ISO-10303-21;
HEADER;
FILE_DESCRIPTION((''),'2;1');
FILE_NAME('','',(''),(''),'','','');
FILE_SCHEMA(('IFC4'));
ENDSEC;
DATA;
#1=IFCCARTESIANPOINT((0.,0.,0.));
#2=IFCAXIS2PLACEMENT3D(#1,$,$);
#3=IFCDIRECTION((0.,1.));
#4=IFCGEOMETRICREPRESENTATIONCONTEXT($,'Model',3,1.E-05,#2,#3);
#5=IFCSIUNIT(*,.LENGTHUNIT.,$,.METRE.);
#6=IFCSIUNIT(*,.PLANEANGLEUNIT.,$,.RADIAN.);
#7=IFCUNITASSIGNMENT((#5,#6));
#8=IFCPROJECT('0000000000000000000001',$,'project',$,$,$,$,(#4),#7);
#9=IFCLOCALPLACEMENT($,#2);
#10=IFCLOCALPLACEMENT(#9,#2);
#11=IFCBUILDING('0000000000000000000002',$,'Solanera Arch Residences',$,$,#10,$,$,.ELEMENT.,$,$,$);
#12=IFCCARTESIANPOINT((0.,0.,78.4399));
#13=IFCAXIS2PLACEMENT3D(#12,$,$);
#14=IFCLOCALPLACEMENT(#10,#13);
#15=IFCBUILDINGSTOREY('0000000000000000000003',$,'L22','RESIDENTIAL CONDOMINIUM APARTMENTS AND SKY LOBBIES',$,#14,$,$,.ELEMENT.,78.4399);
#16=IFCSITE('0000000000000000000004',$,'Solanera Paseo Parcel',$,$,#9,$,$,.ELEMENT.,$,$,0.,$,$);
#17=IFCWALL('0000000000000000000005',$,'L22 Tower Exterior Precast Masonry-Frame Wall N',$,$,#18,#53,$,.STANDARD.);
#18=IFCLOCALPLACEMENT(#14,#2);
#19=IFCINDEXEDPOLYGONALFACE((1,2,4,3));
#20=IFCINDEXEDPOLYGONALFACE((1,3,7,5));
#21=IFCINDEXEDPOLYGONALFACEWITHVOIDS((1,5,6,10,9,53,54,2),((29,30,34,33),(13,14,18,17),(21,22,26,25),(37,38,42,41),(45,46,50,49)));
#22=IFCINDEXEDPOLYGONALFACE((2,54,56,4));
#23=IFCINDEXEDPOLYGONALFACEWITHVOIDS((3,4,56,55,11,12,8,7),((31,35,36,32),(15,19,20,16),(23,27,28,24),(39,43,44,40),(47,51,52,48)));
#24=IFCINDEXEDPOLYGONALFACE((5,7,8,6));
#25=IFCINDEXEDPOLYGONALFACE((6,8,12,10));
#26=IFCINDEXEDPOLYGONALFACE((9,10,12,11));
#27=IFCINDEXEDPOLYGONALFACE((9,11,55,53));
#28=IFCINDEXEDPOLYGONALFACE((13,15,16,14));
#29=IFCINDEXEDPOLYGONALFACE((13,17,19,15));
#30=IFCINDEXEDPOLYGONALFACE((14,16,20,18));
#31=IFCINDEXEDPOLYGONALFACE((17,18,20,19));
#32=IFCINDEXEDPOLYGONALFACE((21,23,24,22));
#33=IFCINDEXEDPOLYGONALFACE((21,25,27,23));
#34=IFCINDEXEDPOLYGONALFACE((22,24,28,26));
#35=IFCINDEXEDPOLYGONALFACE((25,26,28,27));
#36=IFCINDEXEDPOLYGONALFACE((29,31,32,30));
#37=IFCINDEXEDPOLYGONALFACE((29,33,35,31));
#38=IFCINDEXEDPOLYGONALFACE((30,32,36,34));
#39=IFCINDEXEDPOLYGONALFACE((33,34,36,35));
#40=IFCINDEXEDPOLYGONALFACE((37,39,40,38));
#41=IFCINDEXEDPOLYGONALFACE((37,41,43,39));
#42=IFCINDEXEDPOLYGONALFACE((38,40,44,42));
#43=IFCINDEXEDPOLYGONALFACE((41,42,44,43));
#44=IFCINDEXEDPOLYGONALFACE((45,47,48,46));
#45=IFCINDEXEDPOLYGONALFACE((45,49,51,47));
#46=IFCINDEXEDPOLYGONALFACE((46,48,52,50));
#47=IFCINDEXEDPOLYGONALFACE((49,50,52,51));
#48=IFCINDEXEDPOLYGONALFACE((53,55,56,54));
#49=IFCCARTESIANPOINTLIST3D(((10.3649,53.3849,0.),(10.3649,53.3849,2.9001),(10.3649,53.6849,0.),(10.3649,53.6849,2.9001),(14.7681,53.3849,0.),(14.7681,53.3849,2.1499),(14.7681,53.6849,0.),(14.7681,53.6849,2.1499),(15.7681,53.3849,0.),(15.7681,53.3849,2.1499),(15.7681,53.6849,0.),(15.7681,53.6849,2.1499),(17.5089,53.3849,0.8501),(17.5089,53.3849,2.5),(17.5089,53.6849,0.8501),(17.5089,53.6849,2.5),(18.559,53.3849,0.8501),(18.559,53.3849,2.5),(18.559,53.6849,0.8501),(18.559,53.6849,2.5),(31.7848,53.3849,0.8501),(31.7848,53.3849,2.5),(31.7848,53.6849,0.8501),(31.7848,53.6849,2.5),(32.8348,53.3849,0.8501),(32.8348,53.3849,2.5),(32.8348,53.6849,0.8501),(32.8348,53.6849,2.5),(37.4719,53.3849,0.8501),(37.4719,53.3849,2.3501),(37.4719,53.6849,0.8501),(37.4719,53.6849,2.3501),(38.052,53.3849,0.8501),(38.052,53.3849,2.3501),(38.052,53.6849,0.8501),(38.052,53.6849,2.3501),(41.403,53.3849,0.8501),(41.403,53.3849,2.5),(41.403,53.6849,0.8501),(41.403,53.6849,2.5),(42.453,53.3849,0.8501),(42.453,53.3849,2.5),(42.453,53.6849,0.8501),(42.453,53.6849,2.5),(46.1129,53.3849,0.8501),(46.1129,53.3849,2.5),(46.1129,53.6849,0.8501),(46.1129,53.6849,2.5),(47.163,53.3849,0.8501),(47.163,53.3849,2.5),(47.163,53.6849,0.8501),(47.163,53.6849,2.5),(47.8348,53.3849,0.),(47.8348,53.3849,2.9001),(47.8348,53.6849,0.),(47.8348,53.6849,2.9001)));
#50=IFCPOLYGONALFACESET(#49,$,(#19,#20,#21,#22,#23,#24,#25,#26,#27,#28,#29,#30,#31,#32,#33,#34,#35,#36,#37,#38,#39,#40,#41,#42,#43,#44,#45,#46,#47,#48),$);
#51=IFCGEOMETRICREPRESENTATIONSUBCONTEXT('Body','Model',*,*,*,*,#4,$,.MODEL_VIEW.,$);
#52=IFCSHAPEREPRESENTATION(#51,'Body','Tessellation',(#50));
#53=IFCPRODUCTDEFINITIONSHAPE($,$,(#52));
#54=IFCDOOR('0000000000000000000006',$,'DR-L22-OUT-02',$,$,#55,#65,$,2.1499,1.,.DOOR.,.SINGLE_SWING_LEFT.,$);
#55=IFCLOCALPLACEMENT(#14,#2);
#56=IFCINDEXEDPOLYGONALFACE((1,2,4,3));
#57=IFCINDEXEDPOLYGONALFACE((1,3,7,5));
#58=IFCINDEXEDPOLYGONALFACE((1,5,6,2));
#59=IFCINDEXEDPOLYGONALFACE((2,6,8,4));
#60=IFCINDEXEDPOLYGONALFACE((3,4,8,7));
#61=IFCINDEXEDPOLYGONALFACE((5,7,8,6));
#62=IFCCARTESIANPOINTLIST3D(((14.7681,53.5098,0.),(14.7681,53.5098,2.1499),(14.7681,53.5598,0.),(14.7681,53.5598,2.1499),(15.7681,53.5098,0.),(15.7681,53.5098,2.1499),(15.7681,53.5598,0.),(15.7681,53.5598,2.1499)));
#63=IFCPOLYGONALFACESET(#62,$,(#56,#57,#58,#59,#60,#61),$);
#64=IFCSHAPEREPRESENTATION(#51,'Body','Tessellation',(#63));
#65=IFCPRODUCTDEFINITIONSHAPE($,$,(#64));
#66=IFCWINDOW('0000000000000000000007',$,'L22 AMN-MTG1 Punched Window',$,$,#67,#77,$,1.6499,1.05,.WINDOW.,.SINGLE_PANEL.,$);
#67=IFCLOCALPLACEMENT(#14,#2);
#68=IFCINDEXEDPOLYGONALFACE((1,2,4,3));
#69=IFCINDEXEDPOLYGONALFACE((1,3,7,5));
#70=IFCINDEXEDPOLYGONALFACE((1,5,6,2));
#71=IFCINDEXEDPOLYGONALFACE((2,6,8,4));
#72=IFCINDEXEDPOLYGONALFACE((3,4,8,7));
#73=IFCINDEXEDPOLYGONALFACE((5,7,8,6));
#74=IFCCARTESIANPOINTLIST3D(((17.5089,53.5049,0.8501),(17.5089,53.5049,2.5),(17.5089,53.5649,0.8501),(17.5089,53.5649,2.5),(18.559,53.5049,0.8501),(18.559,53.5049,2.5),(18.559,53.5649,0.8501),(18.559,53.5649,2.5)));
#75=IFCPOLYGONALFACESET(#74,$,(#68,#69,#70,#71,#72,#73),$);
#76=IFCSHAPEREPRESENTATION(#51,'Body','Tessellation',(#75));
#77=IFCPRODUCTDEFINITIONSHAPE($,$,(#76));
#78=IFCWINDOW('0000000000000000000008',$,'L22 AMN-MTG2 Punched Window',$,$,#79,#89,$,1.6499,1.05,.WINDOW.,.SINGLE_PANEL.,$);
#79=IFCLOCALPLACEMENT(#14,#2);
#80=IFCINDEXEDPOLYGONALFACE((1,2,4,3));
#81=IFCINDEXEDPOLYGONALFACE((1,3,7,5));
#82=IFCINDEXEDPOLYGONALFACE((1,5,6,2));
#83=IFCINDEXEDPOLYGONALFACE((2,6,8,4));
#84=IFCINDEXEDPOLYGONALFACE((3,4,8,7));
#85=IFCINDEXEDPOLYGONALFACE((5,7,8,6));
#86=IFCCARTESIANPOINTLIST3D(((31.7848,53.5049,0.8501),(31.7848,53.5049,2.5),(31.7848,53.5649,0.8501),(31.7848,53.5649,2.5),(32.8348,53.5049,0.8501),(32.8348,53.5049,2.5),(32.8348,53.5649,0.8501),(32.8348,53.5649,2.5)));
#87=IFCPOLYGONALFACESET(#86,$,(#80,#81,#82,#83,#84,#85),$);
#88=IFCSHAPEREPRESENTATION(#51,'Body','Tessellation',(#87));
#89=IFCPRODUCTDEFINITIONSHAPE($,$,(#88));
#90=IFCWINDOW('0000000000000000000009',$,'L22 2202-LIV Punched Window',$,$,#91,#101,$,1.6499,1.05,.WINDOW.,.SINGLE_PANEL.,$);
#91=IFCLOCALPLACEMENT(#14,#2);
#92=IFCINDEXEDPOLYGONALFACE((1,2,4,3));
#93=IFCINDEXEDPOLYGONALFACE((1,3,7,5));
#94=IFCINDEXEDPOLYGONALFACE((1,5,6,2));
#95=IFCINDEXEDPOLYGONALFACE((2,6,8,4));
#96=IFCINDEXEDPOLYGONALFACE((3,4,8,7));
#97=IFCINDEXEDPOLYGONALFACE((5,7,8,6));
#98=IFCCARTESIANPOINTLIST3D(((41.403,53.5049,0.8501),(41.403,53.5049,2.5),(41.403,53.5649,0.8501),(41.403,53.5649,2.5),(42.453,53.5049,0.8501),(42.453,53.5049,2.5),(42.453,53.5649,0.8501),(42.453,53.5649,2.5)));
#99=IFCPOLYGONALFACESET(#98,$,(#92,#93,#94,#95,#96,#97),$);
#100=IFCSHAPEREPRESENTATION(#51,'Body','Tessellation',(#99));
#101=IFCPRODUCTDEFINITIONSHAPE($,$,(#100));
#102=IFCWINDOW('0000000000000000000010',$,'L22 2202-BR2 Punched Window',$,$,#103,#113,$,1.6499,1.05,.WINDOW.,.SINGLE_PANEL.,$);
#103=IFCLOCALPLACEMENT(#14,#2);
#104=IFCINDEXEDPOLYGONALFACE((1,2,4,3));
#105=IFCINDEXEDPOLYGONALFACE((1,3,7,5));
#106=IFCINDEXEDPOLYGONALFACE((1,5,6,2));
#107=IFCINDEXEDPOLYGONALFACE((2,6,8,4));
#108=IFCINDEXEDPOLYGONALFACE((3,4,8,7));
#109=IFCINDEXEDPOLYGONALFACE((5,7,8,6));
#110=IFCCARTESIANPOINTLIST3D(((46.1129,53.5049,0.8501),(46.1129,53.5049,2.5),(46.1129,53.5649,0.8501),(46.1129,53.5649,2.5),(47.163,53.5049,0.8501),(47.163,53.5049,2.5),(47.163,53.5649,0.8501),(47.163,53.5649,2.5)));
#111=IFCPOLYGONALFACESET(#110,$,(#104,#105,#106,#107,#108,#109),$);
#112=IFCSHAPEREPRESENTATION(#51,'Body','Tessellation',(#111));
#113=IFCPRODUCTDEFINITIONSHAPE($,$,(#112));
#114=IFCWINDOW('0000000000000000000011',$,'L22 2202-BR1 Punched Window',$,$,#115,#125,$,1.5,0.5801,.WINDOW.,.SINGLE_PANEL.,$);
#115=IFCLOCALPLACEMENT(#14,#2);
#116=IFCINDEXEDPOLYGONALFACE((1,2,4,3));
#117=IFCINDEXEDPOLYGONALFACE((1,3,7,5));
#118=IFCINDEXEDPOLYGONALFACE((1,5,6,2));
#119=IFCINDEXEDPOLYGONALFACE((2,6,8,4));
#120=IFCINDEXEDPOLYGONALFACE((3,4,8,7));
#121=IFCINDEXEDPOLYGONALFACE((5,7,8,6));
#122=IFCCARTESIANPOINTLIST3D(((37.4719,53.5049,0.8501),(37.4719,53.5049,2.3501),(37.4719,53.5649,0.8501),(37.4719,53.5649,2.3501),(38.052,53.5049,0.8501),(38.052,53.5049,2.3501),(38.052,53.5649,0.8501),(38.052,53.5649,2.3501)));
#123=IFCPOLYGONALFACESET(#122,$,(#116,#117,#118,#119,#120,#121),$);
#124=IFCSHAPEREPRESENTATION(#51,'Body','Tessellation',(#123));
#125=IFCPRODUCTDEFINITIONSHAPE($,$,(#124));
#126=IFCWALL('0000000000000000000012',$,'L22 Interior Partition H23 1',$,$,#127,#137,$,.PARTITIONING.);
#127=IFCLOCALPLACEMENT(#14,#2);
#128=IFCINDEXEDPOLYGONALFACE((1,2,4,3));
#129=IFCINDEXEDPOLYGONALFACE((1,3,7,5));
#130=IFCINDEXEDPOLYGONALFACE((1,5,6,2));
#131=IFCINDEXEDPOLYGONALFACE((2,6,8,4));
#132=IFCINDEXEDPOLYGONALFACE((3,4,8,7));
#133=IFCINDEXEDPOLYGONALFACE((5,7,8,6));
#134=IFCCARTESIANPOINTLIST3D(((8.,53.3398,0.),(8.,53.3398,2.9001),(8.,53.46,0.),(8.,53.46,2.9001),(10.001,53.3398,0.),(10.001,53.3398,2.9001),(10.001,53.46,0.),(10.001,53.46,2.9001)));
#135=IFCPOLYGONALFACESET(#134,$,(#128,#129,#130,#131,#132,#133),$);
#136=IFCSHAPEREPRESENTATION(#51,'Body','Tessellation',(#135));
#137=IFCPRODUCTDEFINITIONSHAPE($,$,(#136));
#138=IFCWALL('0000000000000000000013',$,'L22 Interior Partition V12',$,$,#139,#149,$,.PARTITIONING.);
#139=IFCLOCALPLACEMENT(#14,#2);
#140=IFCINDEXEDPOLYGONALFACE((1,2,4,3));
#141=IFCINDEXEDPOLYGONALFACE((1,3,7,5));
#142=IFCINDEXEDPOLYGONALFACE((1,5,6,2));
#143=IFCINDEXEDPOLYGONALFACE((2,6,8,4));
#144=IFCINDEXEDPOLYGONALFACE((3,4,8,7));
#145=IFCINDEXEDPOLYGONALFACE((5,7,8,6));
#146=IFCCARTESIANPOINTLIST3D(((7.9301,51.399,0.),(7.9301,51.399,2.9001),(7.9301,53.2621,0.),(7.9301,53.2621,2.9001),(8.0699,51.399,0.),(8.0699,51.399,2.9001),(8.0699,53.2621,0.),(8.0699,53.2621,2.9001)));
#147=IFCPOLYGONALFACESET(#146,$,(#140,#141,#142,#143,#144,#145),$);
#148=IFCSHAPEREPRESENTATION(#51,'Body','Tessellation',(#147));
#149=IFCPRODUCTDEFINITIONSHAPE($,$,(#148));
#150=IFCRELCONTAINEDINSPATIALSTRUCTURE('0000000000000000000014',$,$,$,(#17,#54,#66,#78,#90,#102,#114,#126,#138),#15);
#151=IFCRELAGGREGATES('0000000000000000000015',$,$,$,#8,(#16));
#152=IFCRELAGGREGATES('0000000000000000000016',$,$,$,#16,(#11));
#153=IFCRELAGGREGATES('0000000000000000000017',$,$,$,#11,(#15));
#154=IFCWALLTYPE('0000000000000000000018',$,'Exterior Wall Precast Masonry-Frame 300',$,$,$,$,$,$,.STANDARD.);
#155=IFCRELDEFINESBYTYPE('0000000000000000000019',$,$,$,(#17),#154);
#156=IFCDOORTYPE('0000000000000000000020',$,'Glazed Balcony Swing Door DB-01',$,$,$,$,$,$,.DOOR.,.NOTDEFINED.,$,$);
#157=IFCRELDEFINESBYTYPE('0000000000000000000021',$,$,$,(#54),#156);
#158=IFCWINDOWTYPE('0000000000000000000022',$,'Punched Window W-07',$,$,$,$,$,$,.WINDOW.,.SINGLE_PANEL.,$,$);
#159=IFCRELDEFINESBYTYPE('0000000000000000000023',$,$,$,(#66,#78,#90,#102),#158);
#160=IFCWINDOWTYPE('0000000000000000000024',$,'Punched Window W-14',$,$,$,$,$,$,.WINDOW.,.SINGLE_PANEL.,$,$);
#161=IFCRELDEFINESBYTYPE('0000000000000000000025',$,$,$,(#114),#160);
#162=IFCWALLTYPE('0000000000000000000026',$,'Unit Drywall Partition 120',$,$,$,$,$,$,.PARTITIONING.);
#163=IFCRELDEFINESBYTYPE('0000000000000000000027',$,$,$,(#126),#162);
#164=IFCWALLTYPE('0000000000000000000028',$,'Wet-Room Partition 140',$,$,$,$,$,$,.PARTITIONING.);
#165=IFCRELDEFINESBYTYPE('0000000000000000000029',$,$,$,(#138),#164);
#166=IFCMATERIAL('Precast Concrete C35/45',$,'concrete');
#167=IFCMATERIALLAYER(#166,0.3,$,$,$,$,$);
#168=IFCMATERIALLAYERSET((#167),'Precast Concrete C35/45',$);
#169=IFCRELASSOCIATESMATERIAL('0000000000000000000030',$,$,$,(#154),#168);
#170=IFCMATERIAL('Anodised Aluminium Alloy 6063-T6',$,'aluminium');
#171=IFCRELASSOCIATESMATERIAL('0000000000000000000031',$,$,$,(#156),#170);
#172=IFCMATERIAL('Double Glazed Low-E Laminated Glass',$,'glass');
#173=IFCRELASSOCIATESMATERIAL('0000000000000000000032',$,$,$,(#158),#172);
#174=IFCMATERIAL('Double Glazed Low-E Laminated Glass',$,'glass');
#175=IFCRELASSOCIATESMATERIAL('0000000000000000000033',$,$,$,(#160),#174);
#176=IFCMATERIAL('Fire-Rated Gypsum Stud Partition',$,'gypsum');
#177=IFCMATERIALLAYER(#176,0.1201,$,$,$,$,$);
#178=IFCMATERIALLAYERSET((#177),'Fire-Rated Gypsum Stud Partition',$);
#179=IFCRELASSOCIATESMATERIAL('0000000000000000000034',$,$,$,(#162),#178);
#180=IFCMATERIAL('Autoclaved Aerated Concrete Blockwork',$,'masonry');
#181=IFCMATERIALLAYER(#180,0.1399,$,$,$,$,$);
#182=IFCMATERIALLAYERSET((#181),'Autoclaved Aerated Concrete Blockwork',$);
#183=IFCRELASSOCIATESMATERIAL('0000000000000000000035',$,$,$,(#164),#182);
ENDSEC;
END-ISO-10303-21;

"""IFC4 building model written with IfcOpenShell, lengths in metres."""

from ifc_helpers import new_model, si_unit, direction, frame, frame_2d, origin, place, context, subcontext, project, spatial, rectangle, extrude, material, layer, layer_set, type_object, element, fill, save


model = new_model("IFC4")

# Units and contexts
model_context = context("Model", 3, precision=1e-05, world=origin(), true_north=direction((0.0, 1.0)))
body_context = subcontext(model_context, "Body", "Model", "MODEL_VIEW")
ifc_project = project(units=[si_unit("LENGTHUNIT", "METRE"), si_unit("PLANEANGLEUNIT", "RADIAN")], contexts=[model_context])

# Site, building, storey
site_placement = place(None, origin())
site = spatial("IfcSite", under=ifc_project, at=site_placement, Name="Solanera Paseo Parcel", CompositionType="ELEMENT", RefElevation=0.0)
building_placement = place(site_placement, origin())
building = spatial("IfcBuilding", under=site, at=building_placement, Name="Solanera Arch Residences", CompositionType="ELEMENT")
storey_placement = place(building_placement, frame((0.0, 0.0, 78.4399)))
storey = spatial("IfcBuildingStorey", under=building, at=storey_placement, Name="L22", Description="RESIDENTIAL CONDOMINIUM APARTMENTS AND SKY LOBBIES", CompositionType="ELEMENT", Elevation=78.4399)

# Shared definitions
ifc_material_1 = material(Name="Precast Concrete C35/45", Category="concrete")
ifc_layer_1 = layer(ifc_material_1, 0.3)
ifc_layer_set_1 = layer_set([ifc_layer_1], Name="Precast Concrete C35/45")
wall_type_1 = type_object("IfcWallType", Name="Exterior Wall Precast Masonry-Frame 300", PredefinedType="STANDARD", material=ifc_layer_set_1)

# Wall, openings, door, windows
wall_1_placement = place(storey_placement, frame((10.365, 53.5349, 0.0), z_axis=(0.0, 0.0, 1.0), x_axis=(1.0, 0.0, 0.0)))
wall_1 = element("IfcWall", 1, at=wall_1_placement, inside=storey, type_object=wall_type_1, Name="L22 Tower Exterior Precast Masonry-Frame Wall N", PredefinedType="STANDARD", context=body_context, shape_type="SweptSolid", body=[
    extrude(rectangle(XDim=37.47, YDim=0.3, at=frame_2d((18.7349, 0.0))), origin(), (0.0, 0.0, 1.0), 2.9001),
])
opening_1_placement = place(wall_1_placement, frame((4.4031, 0.0, 0.0)))
opening_1 = element("IfcOpeningElement", 2, at=opening_1_placement, cuts=wall_1, PredefinedType="OPENING", context=body_context, shape_type="SweptSolid", body=[
    extrude(rectangle(XDim=1.0, YDim=2.1499, at=frame_2d((0.5, 1.075))), frame((0.0, 0.1599, 0.0), z_axis=(0.0, -1.0, 0.0), x_axis=(1.0, 0.0, 0.0)), (0.0, 0.0, 1.0), 0.32),
])
opening_2_placement = place(wall_1_placement, frame((7.144, 0.0, 0.8501)))
opening_2 = element("IfcOpeningElement", 3, at=opening_2_placement, cuts=wall_1, PredefinedType="OPENING", context=body_context, shape_type="SweptSolid", body=[
    extrude(rectangle(XDim=1.05, YDim=1.6499, at=frame_2d((0.5249, 0.825))), frame((0.0, 0.1599, 0.0), z_axis=(0.0, -1.0, 0.0), x_axis=(1.0, 0.0, 0.0)), (0.0, 0.0, 1.0), 0.32),
])
opening_3_placement = place(wall_1_placement, frame((21.4199, 0.0, 0.8501)))
opening_3 = element("IfcOpeningElement", 4, at=opening_3_placement, cuts=wall_1, PredefinedType="OPENING", context=body_context, shape_type="SweptSolid", body=[
    extrude(rectangle(XDim=1.05, YDim=1.6499, at=frame_2d((0.5249, 0.825))), frame((0.0, 0.1599, 0.0), z_axis=(0.0, -1.0, 0.0), x_axis=(1.0, 0.0, 0.0)), (0.0, 0.0, 1.0), 0.32),
])
opening_4_placement = place(wall_1_placement, frame((31.0381, 0.0, 0.8501)))
opening_4 = element("IfcOpeningElement", 5, at=opening_4_placement, cuts=wall_1, PredefinedType="OPENING", context=body_context, shape_type="SweptSolid", body=[
    extrude(rectangle(XDim=1.05, YDim=1.6499, at=frame_2d((0.5249, 0.825))), frame((0.0, 0.1599, 0.0), z_axis=(0.0, -1.0, 0.0), x_axis=(1.0, 0.0, 0.0)), (0.0, 0.0, 1.0), 0.32),
])
opening_5_placement = place(wall_1_placement, frame((27.1069, 0.0, 0.8501)))
opening_5 = element("IfcOpeningElement", 6, at=opening_5_placement, cuts=wall_1, PredefinedType="OPENING", context=body_context, shape_type="SweptSolid", body=[
    extrude(rectangle(XDim=0.5801, YDim=1.5, at=frame_2d((0.29, 0.75))), frame((0.0, 0.1599, 0.0), z_axis=(0.0, -1.0, 0.0), x_axis=(1.0, 0.0, 0.0)), (0.0, 0.0, 1.0), 0.32),
])
opening_6_placement = place(wall_1_placement, frame((35.748, 0.0, 0.8501)))
opening_6 = element("IfcOpeningElement", 7, at=opening_6_placement, cuts=wall_1, PredefinedType="OPENING", context=body_context, shape_type="SweptSolid", body=[
    extrude(rectangle(XDim=1.05, YDim=1.6499, at=frame_2d((0.5249, 0.825))), frame((0.0, 0.1599, 0.0), z_axis=(0.0, -1.0, 0.0), x_axis=(1.0, 0.0, 0.0)), (0.0, 0.0, 1.0), 0.32),
])
ifc_material_2 = material(Name="Anodised Aluminium Alloy 6063-T6", Category="aluminium")
door_type = type_object("IfcDoorType", Name="Glazed Balcony Swing Door DB-01", OperationType="NOTDEFINED", PredefinedType="DOOR", material=ifc_material_2)
door_placement = place(opening_1_placement, origin())
door = element("IfcDoor", 8, at=door_placement, inside=storey, type_object=door_type, Name="DR-L22-OUT-02", OperationType="SINGLE_SWING_LEFT", OverallHeight=2.1499, OverallWidth=1.0, PredefinedType="DOOR", context=body_context, shape_type="SweptSolid", body=[
    extrude(rectangle(XDim=1.0, YDim=2.1499, at=frame_2d((0.5, 1.075))), frame((0.0, 0.0249, 0.0), z_axis=(0.0, -1.0, 0.0), x_axis=(1.0, 0.0, 0.0)), (0.0, 0.0, 1.0), 0.05),
])
fill(opening_1, door)
ifc_material_3 = material(Name="Double Glazed Low-E Laminated Glass", Category="glass")
window_type_1 = type_object("IfcWindowType", Name="Punched Window W-07", PartitioningType="SINGLE_PANEL", PredefinedType="WINDOW", material=ifc_material_3)
window_1_placement = place(opening_2_placement, origin())
window_1 = element("IfcWindow", 9, at=window_1_placement, inside=storey, type_object=window_type_1, Name="L22 AMN-MTG1 Punched Window", OverallHeight=1.6499, OverallWidth=1.05, PartitioningType="SINGLE_PANEL", PredefinedType="WINDOW", context=body_context, shape_type="SweptSolid", body=[
    extrude(rectangle(XDim=1.05, YDim=1.6499, at=frame_2d((0.5249, 0.825))), frame((0.0, 0.03, 0.0), z_axis=(0.0, -1.0, 0.0), x_axis=(1.0, 0.0, 0.0)), (0.0, 0.0, 1.0), 0.0601),
])
fill(opening_2, window_1)
window_2_placement = place(opening_3_placement, origin())
window_2 = element("IfcWindow", 10, at=window_2_placement, inside=storey, type_object=window_type_1, Name="L22 AMN-MTG2 Punched Window", OverallHeight=1.6499, OverallWidth=1.05, PartitioningType="SINGLE_PANEL", PredefinedType="WINDOW", context=body_context, shape_type="SweptSolid", body=[
    extrude(rectangle(XDim=1.05, YDim=1.6499, at=frame_2d((0.5249, 0.825))), frame((0.0, 0.03, 0.0), z_axis=(0.0, -1.0, 0.0), x_axis=(1.0, 0.0, 0.0)), (0.0, 0.0, 1.0), 0.0601),
])
fill(opening_3, window_2)
window_3_placement = place(opening_4_placement, origin())
window_3 = element("IfcWindow", 11, at=window_3_placement, inside=storey, type_object=window_type_1, Name="L22 2202-LIV Punched Window", OverallHeight=1.6499, OverallWidth=1.05, PartitioningType="SINGLE_PANEL", PredefinedType="WINDOW", context=body_context, shape_type="SweptSolid", body=[
    extrude(rectangle(XDim=1.05, YDim=1.6499, at=frame_2d((0.5249, 0.825))), frame((0.0, 0.03, 0.0), z_axis=(0.0, -1.0, 0.0), x_axis=(1.0, 0.0, 0.0)), (0.0, 0.0, 1.0), 0.0601),
])
fill(opening_4, window_3)
window_4_placement = place(opening_6_placement, origin())
window_4 = element("IfcWindow", 12, at=window_4_placement, inside=storey, type_object=window_type_1, Name="L22 2202-BR2 Punched Window", OverallHeight=1.6499, OverallWidth=1.05, PartitioningType="SINGLE_PANEL", PredefinedType="WINDOW", context=body_context, shape_type="SweptSolid", body=[
    extrude(rectangle(XDim=1.05, YDim=1.6499, at=frame_2d((0.5249, 0.825))), frame((0.0, 0.03, 0.0), z_axis=(0.0, -1.0, 0.0), x_axis=(1.0, 0.0, 0.0)), (0.0, 0.0, 1.0), 0.0601),
])
fill(opening_6, window_4)
ifc_material_4 = material(Name="Double Glazed Low-E Laminated Glass", Category="glass")
window_type_2 = type_object("IfcWindowType", Name="Punched Window W-14", PartitioningType="SINGLE_PANEL", PredefinedType="WINDOW", material=ifc_material_4)
window_5_placement = place(opening_5_placement, origin())
window_5 = element("IfcWindow", 13, at=window_5_placement, inside=storey, type_object=window_type_2, Name="L22 2202-BR1 Punched Window", OverallHeight=1.5, OverallWidth=0.5801, PartitioningType="SINGLE_PANEL", PredefinedType="WINDOW", context=body_context, shape_type="SweptSolid", body=[
    extrude(rectangle(XDim=0.5801, YDim=1.5, at=frame_2d((0.29, 0.75))), frame((0.0, 0.03, 0.0), z_axis=(0.0, -1.0, 0.0), x_axis=(1.0, 0.0, 0.0)), (0.0, 0.0, 1.0), 0.0601),
])
fill(opening_5, window_5)

# Walls
ifc_material_5 = material(Name="Fire-Rated Gypsum Stud Partition", Category="gypsum")
ifc_layer_2 = layer(ifc_material_5, 0.1201)
ifc_layer_set_2 = layer_set([ifc_layer_2], Name="Fire-Rated Gypsum Stud Partition")
wall_type_2 = type_object("IfcWallType", Name="Unit Drywall Partition 120", PredefinedType="PARTITIONING", material=ifc_layer_set_2)
wall_2_placement = place(storey_placement, frame((8.0, 53.3999, 0.0), z_axis=(0.0, 0.0, 1.0), x_axis=(1.0, 0.0, 0.0)))
element("IfcWall", 14, at=wall_2_placement, inside=storey, type_object=wall_type_2, Name="L22 Interior Partition H23 1", PredefinedType="PARTITIONING", context=body_context, shape_type="SweptSolid", body=[
    extrude(rectangle(XDim=2.001, YDim=0.1201, at=frame_2d((1.0005, 0.0))), origin(), (0.0, 0.0, 1.0), 2.9001),
])
ifc_material_6 = material(Name="Autoclaved Aerated Concrete Blockwork", Category="masonry")
ifc_layer_3 = layer(ifc_material_6, 0.1399)
ifc_layer_set_3 = layer_set([ifc_layer_3], Name="Autoclaved Aerated Concrete Blockwork")
wall_type_3 = type_object("IfcWallType", Name="Wet-Room Partition 140", PredefinedType="PARTITIONING", material=ifc_layer_set_3)
wall_3_placement = place(storey_placement, frame((8.0, 51.3989, 0.0), z_axis=(0.0, 0.0, 1.0), x_axis=(0.0, 1.0, 0.0)))
element("IfcWall", 15, at=wall_3_placement, inside=storey, type_object=wall_type_3, Name="L22 Interior Partition V12", PredefinedType="PARTITIONING", context=body_context, shape_type="SweptSolid", body=[
    extrude(rectangle(XDim=1.863, YDim=0.1399, at=frame_2d((0.9316, 0.0))), origin(), (0.0, 0.0, 1.0), 2.9001),
])

save(model, "model.ifc")
